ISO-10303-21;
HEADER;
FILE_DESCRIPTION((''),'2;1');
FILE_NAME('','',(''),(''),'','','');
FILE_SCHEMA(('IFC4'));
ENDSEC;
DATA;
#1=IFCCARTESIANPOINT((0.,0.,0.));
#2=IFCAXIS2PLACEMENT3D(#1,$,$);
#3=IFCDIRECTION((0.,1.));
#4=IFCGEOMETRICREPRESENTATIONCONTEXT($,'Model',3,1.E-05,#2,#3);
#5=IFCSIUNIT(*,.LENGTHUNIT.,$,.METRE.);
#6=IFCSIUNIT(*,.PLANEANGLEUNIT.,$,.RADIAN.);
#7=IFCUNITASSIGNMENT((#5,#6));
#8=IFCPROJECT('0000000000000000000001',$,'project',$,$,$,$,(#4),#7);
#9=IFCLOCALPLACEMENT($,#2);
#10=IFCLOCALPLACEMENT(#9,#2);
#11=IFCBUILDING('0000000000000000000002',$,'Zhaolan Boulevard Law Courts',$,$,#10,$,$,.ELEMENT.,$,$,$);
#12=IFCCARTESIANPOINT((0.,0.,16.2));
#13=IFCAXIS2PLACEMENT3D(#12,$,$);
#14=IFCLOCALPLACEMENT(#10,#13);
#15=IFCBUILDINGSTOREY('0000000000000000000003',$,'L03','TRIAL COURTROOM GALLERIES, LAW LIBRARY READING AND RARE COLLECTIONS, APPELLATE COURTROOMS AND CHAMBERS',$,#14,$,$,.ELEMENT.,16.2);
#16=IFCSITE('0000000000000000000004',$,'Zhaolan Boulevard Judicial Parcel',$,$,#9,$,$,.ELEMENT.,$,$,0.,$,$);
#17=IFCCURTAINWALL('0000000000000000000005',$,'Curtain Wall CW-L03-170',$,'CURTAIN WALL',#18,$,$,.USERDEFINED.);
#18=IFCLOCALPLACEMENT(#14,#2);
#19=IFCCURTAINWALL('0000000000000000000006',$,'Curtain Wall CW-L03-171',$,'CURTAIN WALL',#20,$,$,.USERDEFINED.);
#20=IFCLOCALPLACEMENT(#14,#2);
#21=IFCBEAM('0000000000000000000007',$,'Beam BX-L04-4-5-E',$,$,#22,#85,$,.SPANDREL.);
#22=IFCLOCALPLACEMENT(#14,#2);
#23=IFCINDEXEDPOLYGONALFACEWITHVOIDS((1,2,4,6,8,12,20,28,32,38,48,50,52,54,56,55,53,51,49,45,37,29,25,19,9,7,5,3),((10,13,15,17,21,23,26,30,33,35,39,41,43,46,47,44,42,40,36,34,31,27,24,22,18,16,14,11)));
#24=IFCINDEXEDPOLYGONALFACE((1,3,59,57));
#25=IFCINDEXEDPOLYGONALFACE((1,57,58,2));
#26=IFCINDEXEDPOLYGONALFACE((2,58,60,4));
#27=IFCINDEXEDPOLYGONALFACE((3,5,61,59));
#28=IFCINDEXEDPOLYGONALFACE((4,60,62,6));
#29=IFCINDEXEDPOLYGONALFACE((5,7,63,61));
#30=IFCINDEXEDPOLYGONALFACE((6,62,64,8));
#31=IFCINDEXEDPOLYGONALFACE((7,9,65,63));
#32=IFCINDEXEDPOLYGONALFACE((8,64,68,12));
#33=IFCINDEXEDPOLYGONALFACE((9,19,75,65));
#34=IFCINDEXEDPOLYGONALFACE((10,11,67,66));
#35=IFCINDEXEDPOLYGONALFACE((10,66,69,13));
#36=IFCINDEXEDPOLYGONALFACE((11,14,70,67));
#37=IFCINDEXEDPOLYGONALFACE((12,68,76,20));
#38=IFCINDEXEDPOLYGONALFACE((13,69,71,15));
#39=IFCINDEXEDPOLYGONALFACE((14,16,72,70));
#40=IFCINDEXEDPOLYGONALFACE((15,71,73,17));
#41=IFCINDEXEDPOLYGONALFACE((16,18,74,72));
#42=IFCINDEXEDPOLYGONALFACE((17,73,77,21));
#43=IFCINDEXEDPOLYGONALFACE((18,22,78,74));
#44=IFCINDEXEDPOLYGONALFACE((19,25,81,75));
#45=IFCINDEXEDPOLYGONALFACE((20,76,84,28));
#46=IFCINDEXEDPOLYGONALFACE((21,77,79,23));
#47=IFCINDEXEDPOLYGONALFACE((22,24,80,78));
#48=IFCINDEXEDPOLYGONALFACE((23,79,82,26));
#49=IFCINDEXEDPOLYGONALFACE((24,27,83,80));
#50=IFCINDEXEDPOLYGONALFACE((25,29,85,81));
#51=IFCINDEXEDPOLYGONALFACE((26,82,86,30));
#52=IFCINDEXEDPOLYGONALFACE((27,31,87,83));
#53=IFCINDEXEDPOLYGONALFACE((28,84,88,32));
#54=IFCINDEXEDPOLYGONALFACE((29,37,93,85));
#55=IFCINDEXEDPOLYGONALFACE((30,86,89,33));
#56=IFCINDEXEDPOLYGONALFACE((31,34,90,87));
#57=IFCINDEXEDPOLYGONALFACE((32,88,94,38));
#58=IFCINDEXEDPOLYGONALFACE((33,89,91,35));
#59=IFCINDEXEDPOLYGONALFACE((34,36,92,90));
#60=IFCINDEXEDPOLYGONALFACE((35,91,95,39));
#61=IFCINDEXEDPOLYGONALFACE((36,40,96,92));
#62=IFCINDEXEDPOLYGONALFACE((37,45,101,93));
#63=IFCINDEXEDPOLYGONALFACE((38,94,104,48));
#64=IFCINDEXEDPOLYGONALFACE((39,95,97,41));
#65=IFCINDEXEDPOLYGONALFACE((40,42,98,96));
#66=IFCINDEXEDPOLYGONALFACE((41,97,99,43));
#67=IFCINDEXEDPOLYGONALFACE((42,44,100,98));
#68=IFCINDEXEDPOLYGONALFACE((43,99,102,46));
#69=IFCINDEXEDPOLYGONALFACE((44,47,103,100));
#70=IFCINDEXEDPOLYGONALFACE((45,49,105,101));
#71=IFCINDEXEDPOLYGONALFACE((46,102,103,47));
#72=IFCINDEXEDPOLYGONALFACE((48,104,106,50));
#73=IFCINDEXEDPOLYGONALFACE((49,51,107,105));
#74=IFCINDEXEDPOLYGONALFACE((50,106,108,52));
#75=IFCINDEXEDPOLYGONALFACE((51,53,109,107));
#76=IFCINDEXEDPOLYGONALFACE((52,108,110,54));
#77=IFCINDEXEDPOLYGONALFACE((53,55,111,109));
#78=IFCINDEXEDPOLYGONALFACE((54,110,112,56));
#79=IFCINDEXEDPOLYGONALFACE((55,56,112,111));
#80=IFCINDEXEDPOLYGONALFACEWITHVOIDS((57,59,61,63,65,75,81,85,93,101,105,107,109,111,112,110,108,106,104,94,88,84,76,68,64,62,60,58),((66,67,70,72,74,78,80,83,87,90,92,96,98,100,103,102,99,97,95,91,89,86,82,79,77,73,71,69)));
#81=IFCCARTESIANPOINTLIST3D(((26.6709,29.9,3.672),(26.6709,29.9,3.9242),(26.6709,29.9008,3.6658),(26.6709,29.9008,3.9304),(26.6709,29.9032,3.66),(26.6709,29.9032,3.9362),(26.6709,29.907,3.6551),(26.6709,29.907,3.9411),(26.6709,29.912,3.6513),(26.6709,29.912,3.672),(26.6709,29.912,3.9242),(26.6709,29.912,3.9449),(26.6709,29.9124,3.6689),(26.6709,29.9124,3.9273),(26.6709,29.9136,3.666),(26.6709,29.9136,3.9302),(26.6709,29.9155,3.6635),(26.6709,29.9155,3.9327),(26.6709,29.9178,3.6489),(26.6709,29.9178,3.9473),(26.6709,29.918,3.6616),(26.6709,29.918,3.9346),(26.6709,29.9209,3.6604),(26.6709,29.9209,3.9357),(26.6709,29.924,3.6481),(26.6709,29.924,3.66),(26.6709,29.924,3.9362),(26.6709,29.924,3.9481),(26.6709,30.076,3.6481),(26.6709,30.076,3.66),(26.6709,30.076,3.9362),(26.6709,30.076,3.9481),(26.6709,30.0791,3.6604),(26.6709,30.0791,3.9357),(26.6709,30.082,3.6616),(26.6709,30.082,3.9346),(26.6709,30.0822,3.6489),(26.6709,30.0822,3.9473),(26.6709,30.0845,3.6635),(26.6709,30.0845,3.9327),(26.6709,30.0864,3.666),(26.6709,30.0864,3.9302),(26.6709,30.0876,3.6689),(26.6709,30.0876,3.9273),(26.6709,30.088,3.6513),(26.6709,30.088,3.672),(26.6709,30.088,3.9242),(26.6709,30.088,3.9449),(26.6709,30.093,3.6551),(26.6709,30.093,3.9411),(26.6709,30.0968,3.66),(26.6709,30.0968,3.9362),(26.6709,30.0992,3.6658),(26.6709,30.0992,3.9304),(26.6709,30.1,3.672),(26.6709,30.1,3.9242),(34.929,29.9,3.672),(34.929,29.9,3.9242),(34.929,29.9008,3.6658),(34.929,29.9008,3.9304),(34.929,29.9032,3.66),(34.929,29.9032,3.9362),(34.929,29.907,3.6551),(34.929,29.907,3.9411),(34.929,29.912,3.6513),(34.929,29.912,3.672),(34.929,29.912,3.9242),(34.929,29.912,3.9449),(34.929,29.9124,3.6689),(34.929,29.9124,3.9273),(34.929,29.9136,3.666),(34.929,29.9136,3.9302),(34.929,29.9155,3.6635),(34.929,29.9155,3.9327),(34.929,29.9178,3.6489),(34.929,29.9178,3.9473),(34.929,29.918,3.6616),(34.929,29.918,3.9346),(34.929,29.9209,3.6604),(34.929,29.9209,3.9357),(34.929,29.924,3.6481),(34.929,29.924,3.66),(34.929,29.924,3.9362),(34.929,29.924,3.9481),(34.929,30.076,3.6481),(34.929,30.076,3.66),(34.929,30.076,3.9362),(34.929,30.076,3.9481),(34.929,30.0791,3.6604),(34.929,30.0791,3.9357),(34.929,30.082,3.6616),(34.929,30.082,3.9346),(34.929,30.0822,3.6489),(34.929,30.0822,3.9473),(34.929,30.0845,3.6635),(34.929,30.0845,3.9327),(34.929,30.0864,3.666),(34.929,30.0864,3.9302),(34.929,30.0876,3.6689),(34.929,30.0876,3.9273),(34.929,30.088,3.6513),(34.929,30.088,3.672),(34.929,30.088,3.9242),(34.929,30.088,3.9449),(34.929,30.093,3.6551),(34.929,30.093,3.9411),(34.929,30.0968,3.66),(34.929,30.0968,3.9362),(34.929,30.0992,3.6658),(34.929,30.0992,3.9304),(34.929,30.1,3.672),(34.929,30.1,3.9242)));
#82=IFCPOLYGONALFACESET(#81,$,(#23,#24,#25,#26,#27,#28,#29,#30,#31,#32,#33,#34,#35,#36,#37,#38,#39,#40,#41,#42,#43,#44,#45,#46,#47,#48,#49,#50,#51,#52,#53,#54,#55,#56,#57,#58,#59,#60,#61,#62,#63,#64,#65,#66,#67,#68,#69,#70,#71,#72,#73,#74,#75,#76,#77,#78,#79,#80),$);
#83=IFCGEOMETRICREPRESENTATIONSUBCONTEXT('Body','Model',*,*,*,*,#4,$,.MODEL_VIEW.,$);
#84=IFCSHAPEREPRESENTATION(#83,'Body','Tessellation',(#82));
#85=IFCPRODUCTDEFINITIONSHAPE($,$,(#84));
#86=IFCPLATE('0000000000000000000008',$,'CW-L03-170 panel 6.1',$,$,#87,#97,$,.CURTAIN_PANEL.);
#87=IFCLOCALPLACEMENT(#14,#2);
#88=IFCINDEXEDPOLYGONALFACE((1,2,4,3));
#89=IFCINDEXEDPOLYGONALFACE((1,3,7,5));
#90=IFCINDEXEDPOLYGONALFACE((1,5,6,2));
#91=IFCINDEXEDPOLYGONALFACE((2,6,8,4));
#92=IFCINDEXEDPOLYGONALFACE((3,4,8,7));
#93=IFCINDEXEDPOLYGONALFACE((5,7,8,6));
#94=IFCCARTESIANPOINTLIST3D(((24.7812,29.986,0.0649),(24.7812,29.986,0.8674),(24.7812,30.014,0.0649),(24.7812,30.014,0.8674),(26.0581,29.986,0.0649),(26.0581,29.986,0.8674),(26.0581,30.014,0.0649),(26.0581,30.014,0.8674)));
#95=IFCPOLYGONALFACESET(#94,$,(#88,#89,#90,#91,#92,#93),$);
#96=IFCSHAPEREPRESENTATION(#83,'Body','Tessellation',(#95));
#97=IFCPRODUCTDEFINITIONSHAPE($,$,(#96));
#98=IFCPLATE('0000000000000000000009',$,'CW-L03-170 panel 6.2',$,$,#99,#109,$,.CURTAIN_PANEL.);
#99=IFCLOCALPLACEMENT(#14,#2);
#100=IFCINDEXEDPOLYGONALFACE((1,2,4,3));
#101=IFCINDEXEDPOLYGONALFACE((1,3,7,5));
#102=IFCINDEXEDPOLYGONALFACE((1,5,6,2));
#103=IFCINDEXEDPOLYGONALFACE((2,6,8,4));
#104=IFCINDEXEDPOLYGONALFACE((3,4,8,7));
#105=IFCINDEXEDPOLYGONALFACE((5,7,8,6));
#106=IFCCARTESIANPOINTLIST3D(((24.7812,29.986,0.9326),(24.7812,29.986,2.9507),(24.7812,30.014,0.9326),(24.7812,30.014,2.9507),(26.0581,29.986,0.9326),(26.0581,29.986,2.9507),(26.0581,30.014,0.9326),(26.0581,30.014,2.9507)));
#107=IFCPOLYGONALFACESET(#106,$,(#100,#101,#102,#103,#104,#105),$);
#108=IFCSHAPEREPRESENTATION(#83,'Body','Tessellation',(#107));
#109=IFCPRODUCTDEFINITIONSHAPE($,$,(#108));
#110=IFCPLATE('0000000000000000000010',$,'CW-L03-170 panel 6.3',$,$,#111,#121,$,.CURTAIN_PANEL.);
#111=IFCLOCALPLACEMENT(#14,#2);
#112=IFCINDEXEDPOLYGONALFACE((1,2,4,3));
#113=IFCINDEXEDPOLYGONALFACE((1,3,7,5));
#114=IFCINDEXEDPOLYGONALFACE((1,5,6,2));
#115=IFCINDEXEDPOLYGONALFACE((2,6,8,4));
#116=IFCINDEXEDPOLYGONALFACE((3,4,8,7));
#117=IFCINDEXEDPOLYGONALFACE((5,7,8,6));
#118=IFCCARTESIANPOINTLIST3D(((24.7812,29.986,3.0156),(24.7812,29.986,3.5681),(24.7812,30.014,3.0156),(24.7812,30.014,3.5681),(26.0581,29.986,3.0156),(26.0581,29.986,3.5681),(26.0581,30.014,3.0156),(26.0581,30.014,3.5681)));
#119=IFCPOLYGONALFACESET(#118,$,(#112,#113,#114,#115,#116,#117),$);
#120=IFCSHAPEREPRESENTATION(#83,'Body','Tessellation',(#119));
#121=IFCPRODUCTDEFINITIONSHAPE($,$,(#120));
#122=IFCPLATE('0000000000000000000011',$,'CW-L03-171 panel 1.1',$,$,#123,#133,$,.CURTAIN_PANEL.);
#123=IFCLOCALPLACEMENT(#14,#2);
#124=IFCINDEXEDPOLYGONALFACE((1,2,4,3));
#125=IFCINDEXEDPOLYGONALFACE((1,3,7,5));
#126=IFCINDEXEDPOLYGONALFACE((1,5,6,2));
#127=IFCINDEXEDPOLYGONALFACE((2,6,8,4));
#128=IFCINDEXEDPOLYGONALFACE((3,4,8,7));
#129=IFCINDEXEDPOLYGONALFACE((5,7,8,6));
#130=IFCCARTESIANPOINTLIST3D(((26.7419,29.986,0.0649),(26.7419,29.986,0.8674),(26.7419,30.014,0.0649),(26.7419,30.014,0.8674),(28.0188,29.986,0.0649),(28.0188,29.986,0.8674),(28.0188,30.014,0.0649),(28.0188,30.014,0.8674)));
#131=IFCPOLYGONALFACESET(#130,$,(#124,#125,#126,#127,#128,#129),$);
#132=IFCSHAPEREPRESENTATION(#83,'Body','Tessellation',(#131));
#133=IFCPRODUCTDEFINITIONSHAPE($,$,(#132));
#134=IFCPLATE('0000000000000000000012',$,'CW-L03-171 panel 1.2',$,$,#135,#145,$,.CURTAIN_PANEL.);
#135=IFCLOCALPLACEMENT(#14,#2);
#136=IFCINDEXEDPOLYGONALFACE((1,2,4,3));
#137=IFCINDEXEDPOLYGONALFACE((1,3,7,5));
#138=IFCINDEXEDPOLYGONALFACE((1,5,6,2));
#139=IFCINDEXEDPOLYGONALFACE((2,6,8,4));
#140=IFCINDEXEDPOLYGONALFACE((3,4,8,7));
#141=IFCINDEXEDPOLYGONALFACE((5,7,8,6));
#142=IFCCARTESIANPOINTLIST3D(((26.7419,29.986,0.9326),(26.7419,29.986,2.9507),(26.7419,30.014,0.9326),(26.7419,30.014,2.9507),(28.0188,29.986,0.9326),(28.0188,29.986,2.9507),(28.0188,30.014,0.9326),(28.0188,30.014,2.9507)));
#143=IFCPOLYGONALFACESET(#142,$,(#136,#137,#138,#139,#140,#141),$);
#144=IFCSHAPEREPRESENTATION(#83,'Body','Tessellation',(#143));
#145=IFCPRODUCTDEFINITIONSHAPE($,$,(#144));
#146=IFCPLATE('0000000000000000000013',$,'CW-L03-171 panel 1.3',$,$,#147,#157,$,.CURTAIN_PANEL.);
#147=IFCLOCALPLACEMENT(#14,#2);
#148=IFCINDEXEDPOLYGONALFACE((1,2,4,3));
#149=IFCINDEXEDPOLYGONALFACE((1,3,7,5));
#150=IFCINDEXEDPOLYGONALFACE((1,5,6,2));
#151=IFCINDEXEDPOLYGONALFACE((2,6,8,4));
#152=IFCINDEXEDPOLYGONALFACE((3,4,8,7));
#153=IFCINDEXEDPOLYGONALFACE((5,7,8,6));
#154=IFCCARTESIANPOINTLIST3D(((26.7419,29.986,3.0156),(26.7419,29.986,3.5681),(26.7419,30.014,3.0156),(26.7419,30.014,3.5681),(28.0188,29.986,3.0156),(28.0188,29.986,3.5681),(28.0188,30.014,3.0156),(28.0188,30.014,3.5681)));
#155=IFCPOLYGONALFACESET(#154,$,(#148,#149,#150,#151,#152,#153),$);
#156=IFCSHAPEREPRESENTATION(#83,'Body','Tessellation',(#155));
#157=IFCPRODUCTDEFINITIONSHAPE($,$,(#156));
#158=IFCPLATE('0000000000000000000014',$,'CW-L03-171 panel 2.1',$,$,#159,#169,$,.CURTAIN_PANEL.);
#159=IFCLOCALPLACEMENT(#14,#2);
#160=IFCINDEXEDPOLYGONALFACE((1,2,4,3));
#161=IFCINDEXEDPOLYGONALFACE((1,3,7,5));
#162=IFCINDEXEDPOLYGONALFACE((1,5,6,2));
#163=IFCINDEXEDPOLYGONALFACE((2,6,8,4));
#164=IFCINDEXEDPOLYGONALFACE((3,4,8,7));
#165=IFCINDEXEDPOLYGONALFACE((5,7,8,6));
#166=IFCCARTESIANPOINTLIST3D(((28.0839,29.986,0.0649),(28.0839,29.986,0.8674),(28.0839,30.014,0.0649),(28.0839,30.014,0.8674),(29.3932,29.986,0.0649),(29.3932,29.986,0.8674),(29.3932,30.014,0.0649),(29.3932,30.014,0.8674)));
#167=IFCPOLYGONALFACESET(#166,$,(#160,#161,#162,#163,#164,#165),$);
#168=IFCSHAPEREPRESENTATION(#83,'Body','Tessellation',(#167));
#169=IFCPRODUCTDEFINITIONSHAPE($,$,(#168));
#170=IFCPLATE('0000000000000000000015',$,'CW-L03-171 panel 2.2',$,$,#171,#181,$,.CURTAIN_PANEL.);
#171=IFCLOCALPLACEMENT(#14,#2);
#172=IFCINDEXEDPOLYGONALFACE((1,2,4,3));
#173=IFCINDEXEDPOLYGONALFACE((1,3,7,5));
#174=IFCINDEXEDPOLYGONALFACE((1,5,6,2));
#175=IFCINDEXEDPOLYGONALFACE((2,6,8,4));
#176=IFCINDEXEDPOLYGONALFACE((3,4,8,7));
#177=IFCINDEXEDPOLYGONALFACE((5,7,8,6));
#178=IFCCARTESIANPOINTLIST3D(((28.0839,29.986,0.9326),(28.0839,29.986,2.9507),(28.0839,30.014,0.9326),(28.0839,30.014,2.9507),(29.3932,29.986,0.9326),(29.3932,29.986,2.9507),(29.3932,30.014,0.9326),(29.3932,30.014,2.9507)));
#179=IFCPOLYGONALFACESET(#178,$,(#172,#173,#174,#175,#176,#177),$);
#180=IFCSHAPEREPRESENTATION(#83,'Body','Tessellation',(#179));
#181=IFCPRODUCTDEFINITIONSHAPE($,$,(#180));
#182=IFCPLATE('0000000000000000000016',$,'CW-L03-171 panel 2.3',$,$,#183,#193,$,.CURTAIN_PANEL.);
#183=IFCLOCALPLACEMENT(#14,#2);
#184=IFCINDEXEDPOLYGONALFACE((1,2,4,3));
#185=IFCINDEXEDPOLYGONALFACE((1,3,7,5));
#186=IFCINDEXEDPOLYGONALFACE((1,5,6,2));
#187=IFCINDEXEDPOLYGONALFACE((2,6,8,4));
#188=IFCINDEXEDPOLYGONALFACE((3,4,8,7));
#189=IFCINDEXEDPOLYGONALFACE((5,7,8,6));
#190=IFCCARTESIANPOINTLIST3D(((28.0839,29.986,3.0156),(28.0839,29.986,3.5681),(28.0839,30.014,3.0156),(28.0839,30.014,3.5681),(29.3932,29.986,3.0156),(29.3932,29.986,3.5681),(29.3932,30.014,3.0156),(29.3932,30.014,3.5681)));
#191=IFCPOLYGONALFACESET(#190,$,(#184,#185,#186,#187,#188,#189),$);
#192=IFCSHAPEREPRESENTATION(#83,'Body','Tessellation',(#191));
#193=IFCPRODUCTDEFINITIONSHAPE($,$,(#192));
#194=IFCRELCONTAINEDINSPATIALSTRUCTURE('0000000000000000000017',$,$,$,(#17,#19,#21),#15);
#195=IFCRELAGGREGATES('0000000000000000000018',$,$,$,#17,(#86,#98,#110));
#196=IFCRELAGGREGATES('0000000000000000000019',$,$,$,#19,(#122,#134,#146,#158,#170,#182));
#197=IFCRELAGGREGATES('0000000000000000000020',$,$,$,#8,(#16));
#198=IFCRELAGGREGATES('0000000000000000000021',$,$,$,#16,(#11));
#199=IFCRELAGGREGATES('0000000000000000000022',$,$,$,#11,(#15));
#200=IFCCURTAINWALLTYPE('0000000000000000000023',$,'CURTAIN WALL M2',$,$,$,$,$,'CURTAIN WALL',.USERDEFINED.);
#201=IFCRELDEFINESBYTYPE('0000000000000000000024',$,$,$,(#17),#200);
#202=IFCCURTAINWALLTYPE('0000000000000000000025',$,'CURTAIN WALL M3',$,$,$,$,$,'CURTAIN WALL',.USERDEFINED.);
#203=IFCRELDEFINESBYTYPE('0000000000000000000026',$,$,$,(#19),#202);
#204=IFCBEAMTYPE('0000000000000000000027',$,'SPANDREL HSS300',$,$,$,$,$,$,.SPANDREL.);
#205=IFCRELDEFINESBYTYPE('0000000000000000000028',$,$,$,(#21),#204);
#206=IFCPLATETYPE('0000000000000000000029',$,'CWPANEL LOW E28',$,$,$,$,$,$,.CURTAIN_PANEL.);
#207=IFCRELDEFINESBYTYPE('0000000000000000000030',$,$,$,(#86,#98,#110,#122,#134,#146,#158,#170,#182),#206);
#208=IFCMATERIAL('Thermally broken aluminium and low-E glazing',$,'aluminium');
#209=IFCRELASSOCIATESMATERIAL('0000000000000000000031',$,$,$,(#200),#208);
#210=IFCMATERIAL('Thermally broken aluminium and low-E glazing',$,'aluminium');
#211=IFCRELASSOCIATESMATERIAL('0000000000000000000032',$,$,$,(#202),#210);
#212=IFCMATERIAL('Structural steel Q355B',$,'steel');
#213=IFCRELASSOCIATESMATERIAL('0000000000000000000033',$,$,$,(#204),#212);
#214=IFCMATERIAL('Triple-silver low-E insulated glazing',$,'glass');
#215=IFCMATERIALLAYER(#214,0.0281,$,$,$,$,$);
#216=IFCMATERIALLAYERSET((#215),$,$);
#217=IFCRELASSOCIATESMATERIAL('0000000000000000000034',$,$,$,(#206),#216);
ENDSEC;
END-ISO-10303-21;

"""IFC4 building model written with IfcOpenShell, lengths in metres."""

from ifc_helpers import new_model, si_unit, direction, frame, origin, origin_2d, place, context, subcontext, project, spatial, rectangle, hollow_rectangle, extrude, material, layer, layer_set, material_profile, profile_set, type_object, element, aggregate, save


model = new_model("IFC4")

# Units and contexts
model_context = context("Model", 3, precision=1e-05, world=origin(), true_north=direction((0.0, 1.0)))
body_context = subcontext(model_context, "Body", "Model", "MODEL_VIEW")
ifc_project = project(units=[si_unit("LENGTHUNIT", "METRE"), si_unit("PLANEANGLEUNIT", "RADIAN")], contexts=[model_context])

# Site, building, storey
site_placement = place(None, origin())
site = spatial("IfcSite", under=ifc_project, at=site_placement, Name="Zhaolan Boulevard Judicial Parcel", CompositionType="ELEMENT", RefElevation=0.0)
building_placement = place(site_placement, origin())
building = spatial("IfcBuilding", under=site, at=building_placement, Name="Zhaolan Boulevard Law Courts", CompositionType="ELEMENT")
storey_placement = place(building_placement, frame((0.0, 0.0, 16.2)))
storey = spatial("IfcBuildingStorey", under=building, at=storey_placement, Name="L03", Description="TRIAL COURTROOM GALLERIES, LAW LIBRARY READING AND RARE COLLECTIONS, APPELLATE COURTROOMS AND CHAMBERS", CompositionType="ELEMENT", Elevation=16.2)

# Curtain wall
ifc_material_1 = material(Name="Thermally broken aluminium and low-E glazing", Category="aluminium")
curtain_wall_type_1 = type_object("IfcCurtainWallType", Name="CURTAIN WALL M2", ElementType="CURTAIN WALL", PredefinedType="USERDEFINED", material=ifc_material_1)
curtain_wall_1_placement = place(storey_placement, origin())
curtain_wall_1 = element("IfcCurtainWall", 1, at=curtain_wall_1_placement, inside=storey, type_object=curtain_wall_type_1, Name="Curtain Wall CW-L03-170", ObjectType="CURTAIN WALL", PredefinedType="USERDEFINED")

# Curtain wall
ifc_material_2 = material(Name="Thermally broken aluminium and low-E glazing", Category="aluminium")
curtain_wall_type_2 = type_object("IfcCurtainWallType", Name="CURTAIN WALL M3", ElementType="CURTAIN WALL", PredefinedType="USERDEFINED", material=ifc_material_2)
curtain_wall_2_placement = place(storey_placement, origin())
curtain_wall_2 = element("IfcCurtainWall", 2, at=curtain_wall_2_placement, inside=storey, type_object=curtain_wall_type_2, Name="Curtain Wall CW-L03-171", ObjectType="CURTAIN WALL", PredefinedType="USERDEFINED")

# Beam
ifc_material_3 = material(Name="Structural steel Q355B", Category="steel")
ifc_material_profile_1 = material_profile(ifc_material_3, hollow_rectangle(XDim=0.2, YDim=0.3, WallThickness=0.012, InnerFilletRadius=0.012, OuterFilletRadius=0.0239, at=origin_2d()), Name="HSS300x200x12")
ifc_profile_set_1 = profile_set([ifc_material_profile_1], Name="Structural steel Q355B")
beam_type_1 = type_object("IfcBeamType", Name="SPANDREL HSS300", PredefinedType="SPANDREL", material=ifc_profile_set_1)
beam_1_placement = place(storey_placement, frame((26.6709, 30.0, 3.7981), z_axis=(1.0, 0.0, 0.0), x_axis=(0.0, 1.0, 0.0)))
element("IfcBeam", 3, at=beam_1_placement, inside=storey, type_object=beam_type_1, Name="Beam BX-L04-4-5-E", PredefinedType="SPANDREL", context=body_context, shape_type="SweptSolid", body=[
    extrude(hollow_rectangle(XDim=0.2, YDim=0.3, WallThickness=0.012, InnerFilletRadius=0.012, OuterFilletRadius=0.0239, at=origin_2d()), origin(), (0.0, 0.0, 1.0), 8.2581),
])

# Plates
ifc_material_4 = material(Name="Triple-silver low-E insulated glazing", Category="glass")
ifc_layer_1 = layer(ifc_material_4, 0.0281)
ifc_layer_set_1 = layer_set([ifc_layer_1])
plate_type_1 = type_object("IfcPlateType", Name="CWPANEL LOW E28", PredefinedType="CURTAIN_PANEL", material=ifc_layer_set_1)
plate_1_placement = place(storey_placement, frame((25.4197, 30.0, 0.0649), z_axis=(0.0, 0.0, 1.0), x_axis=(1.0, 0.0, 0.0)))
plate_1 = element("IfcPlate", 4, at=plate_1_placement, type_object=plate_type_1, Name="CW-L03-170 panel 6.1", PredefinedType="CURTAIN_PANEL", context=body_context, shape_type="SweptSolid", body=[
    extrude(rectangle(XDim=1.2769, YDim=0.0281, at=origin_2d()), origin(), (0.0, 0.0, 1.0), 0.8025),
])
plate_2_placement = place(storey_placement, frame((25.4197, 30.0, 0.9326), z_axis=(0.0, 0.0, 1.0), x_axis=(1.0, 0.0, 0.0)))
plate_2 = element("IfcPlate", 5, at=plate_2_placement, type_object=plate_type_1, Name="CW-L03-170 panel 6.2", PredefinedType="CURTAIN_PANEL", context=body_context, shape_type="SweptSolid", body=[
    extrude(rectangle(XDim=1.2769, YDim=0.0281, at=origin_2d()), origin(), (0.0, 0.0, 1.0), 2.0181),
])
plate_3_placement = place(storey_placement, frame((25.4197, 30.0, 3.0156), z_axis=(0.0, 0.0, 1.0), x_axis=(1.0, 0.0, 0.0)))
plate_3 = element("IfcPlate", 6, at=plate_3_placement, type_object=plate_type_1, Name="CW-L03-170 panel 6.3", PredefinedType="CURTAIN_PANEL", context=body_context, shape_type="SweptSolid", body=[
    extrude(rectangle(XDim=1.2769, YDim=0.0281, at=origin_2d()), origin(), (0.0, 0.0, 1.0), 0.5525),
])
aggregate(curtain_wall_1, [plate_1, plate_2, plate_3])
plate_4_placement = place(storey_placement, frame((27.3804, 30.0, 0.0649), z_axis=(0.0, 0.0, 1.0), x_axis=(1.0, 0.0, 0.0)))
plate_4 = element("IfcPlate", 7, at=plate_4_placement, type_object=plate_type_1, Name="CW-L03-171 panel 1.1", PredefinedType="CURTAIN_PANEL", context=body_context, shape_type="SweptSolid", body=[
    extrude(rectangle(XDim=1.2769, YDim=0.0281, at=origin_2d()), origin(), (0.0, 0.0, 1.0), 0.8025),
])
plate_5_placement = place(storey_placement, frame((27.3804, 30.0, 0.9326), z_axis=(0.0, 0.0, 1.0), x_axis=(1.0, 0.0, 0.0)))
plate_5 = element("IfcPlate", 8, at=plate_5_placement, type_object=plate_type_1, Name="CW-L03-171 panel 1.2", PredefinedType="CURTAIN_PANEL", context=body_context, shape_type="SweptSolid", body=[
    extrude(rectangle(XDim=1.2769, YDim=0.0281, at=origin_2d()), origin(), (0.0, 0.0, 1.0), 2.0181),
])
plate_6_placement = place(storey_placement, frame((27.3804, 30.0, 3.0156), z_axis=(0.0, 0.0, 1.0), x_axis=(1.0, 0.0, 0.0)))
plate_6 = element("IfcPlate", 9, at=plate_6_placement, type_object=plate_type_1, Name="CW-L03-171 panel 1.3", PredefinedType="CURTAIN_PANEL", context=body_context, shape_type="SweptSolid", body=[
    extrude(rectangle(XDim=1.2769, YDim=0.0281, at=origin_2d()), origin(), (0.0, 0.0, 1.0), 0.5525),
])
plate_7_placement = place(storey_placement, frame((28.7385, 30.0, 0.0649), z_axis=(0.0, 0.0, 1.0), x_axis=(1.0, 0.0, 0.0)))
plate_7 = element("IfcPlate", 10, at=plate_7_placement, type_object=plate_type_1, Name="CW-L03-171 panel 2.1", PredefinedType="CURTAIN_PANEL", context=body_context, shape_type="SweptSolid", body=[
    extrude(rectangle(XDim=1.3093, YDim=0.0281, at=origin_2d()), origin(), (0.0, 0.0, 1.0), 0.8025),
])
plate_8_placement = place(storey_placement, frame((28.7385, 30.0, 0.9326), z_axis=(0.0, 0.0, 1.0), x_axis=(1.0, 0.0, 0.0)))
plate_8 = element("IfcPlate", 11, at=plate_8_placement, type_object=plate_type_1, Name="CW-L03-171 panel 2.2", PredefinedType="CURTAIN_PANEL", context=body_context, shape_type="SweptSolid", body=[
    extrude(rectangle(XDim=1.3093, YDim=0.0281, at=origin_2d()), origin(), (0.0, 0.0, 1.0), 2.0181),
])
plate_9_placement = place(storey_placement, frame((28.7385, 30.0, 3.0156), z_axis=(0.0, 0.0, 1.0), x_axis=(1.0, 0.0, 0.0)))
plate_9 = element("IfcPlate", 12, at=plate_9_placement, type_object=plate_type_1, Name="CW-L03-171 panel 2.3", PredefinedType="CURTAIN_PANEL", context=body_context, shape_type="SweptSolid", body=[
    extrude(rectangle(XDim=1.3093, YDim=0.0281, at=origin_2d()), origin(), (0.0, 0.0, 1.0), 0.5525),
])
aggregate(curtain_wall_2, [plate_4, plate_5, plate_6, plate_7, plate_8, plate_9])

save(model, "model.ifc")
